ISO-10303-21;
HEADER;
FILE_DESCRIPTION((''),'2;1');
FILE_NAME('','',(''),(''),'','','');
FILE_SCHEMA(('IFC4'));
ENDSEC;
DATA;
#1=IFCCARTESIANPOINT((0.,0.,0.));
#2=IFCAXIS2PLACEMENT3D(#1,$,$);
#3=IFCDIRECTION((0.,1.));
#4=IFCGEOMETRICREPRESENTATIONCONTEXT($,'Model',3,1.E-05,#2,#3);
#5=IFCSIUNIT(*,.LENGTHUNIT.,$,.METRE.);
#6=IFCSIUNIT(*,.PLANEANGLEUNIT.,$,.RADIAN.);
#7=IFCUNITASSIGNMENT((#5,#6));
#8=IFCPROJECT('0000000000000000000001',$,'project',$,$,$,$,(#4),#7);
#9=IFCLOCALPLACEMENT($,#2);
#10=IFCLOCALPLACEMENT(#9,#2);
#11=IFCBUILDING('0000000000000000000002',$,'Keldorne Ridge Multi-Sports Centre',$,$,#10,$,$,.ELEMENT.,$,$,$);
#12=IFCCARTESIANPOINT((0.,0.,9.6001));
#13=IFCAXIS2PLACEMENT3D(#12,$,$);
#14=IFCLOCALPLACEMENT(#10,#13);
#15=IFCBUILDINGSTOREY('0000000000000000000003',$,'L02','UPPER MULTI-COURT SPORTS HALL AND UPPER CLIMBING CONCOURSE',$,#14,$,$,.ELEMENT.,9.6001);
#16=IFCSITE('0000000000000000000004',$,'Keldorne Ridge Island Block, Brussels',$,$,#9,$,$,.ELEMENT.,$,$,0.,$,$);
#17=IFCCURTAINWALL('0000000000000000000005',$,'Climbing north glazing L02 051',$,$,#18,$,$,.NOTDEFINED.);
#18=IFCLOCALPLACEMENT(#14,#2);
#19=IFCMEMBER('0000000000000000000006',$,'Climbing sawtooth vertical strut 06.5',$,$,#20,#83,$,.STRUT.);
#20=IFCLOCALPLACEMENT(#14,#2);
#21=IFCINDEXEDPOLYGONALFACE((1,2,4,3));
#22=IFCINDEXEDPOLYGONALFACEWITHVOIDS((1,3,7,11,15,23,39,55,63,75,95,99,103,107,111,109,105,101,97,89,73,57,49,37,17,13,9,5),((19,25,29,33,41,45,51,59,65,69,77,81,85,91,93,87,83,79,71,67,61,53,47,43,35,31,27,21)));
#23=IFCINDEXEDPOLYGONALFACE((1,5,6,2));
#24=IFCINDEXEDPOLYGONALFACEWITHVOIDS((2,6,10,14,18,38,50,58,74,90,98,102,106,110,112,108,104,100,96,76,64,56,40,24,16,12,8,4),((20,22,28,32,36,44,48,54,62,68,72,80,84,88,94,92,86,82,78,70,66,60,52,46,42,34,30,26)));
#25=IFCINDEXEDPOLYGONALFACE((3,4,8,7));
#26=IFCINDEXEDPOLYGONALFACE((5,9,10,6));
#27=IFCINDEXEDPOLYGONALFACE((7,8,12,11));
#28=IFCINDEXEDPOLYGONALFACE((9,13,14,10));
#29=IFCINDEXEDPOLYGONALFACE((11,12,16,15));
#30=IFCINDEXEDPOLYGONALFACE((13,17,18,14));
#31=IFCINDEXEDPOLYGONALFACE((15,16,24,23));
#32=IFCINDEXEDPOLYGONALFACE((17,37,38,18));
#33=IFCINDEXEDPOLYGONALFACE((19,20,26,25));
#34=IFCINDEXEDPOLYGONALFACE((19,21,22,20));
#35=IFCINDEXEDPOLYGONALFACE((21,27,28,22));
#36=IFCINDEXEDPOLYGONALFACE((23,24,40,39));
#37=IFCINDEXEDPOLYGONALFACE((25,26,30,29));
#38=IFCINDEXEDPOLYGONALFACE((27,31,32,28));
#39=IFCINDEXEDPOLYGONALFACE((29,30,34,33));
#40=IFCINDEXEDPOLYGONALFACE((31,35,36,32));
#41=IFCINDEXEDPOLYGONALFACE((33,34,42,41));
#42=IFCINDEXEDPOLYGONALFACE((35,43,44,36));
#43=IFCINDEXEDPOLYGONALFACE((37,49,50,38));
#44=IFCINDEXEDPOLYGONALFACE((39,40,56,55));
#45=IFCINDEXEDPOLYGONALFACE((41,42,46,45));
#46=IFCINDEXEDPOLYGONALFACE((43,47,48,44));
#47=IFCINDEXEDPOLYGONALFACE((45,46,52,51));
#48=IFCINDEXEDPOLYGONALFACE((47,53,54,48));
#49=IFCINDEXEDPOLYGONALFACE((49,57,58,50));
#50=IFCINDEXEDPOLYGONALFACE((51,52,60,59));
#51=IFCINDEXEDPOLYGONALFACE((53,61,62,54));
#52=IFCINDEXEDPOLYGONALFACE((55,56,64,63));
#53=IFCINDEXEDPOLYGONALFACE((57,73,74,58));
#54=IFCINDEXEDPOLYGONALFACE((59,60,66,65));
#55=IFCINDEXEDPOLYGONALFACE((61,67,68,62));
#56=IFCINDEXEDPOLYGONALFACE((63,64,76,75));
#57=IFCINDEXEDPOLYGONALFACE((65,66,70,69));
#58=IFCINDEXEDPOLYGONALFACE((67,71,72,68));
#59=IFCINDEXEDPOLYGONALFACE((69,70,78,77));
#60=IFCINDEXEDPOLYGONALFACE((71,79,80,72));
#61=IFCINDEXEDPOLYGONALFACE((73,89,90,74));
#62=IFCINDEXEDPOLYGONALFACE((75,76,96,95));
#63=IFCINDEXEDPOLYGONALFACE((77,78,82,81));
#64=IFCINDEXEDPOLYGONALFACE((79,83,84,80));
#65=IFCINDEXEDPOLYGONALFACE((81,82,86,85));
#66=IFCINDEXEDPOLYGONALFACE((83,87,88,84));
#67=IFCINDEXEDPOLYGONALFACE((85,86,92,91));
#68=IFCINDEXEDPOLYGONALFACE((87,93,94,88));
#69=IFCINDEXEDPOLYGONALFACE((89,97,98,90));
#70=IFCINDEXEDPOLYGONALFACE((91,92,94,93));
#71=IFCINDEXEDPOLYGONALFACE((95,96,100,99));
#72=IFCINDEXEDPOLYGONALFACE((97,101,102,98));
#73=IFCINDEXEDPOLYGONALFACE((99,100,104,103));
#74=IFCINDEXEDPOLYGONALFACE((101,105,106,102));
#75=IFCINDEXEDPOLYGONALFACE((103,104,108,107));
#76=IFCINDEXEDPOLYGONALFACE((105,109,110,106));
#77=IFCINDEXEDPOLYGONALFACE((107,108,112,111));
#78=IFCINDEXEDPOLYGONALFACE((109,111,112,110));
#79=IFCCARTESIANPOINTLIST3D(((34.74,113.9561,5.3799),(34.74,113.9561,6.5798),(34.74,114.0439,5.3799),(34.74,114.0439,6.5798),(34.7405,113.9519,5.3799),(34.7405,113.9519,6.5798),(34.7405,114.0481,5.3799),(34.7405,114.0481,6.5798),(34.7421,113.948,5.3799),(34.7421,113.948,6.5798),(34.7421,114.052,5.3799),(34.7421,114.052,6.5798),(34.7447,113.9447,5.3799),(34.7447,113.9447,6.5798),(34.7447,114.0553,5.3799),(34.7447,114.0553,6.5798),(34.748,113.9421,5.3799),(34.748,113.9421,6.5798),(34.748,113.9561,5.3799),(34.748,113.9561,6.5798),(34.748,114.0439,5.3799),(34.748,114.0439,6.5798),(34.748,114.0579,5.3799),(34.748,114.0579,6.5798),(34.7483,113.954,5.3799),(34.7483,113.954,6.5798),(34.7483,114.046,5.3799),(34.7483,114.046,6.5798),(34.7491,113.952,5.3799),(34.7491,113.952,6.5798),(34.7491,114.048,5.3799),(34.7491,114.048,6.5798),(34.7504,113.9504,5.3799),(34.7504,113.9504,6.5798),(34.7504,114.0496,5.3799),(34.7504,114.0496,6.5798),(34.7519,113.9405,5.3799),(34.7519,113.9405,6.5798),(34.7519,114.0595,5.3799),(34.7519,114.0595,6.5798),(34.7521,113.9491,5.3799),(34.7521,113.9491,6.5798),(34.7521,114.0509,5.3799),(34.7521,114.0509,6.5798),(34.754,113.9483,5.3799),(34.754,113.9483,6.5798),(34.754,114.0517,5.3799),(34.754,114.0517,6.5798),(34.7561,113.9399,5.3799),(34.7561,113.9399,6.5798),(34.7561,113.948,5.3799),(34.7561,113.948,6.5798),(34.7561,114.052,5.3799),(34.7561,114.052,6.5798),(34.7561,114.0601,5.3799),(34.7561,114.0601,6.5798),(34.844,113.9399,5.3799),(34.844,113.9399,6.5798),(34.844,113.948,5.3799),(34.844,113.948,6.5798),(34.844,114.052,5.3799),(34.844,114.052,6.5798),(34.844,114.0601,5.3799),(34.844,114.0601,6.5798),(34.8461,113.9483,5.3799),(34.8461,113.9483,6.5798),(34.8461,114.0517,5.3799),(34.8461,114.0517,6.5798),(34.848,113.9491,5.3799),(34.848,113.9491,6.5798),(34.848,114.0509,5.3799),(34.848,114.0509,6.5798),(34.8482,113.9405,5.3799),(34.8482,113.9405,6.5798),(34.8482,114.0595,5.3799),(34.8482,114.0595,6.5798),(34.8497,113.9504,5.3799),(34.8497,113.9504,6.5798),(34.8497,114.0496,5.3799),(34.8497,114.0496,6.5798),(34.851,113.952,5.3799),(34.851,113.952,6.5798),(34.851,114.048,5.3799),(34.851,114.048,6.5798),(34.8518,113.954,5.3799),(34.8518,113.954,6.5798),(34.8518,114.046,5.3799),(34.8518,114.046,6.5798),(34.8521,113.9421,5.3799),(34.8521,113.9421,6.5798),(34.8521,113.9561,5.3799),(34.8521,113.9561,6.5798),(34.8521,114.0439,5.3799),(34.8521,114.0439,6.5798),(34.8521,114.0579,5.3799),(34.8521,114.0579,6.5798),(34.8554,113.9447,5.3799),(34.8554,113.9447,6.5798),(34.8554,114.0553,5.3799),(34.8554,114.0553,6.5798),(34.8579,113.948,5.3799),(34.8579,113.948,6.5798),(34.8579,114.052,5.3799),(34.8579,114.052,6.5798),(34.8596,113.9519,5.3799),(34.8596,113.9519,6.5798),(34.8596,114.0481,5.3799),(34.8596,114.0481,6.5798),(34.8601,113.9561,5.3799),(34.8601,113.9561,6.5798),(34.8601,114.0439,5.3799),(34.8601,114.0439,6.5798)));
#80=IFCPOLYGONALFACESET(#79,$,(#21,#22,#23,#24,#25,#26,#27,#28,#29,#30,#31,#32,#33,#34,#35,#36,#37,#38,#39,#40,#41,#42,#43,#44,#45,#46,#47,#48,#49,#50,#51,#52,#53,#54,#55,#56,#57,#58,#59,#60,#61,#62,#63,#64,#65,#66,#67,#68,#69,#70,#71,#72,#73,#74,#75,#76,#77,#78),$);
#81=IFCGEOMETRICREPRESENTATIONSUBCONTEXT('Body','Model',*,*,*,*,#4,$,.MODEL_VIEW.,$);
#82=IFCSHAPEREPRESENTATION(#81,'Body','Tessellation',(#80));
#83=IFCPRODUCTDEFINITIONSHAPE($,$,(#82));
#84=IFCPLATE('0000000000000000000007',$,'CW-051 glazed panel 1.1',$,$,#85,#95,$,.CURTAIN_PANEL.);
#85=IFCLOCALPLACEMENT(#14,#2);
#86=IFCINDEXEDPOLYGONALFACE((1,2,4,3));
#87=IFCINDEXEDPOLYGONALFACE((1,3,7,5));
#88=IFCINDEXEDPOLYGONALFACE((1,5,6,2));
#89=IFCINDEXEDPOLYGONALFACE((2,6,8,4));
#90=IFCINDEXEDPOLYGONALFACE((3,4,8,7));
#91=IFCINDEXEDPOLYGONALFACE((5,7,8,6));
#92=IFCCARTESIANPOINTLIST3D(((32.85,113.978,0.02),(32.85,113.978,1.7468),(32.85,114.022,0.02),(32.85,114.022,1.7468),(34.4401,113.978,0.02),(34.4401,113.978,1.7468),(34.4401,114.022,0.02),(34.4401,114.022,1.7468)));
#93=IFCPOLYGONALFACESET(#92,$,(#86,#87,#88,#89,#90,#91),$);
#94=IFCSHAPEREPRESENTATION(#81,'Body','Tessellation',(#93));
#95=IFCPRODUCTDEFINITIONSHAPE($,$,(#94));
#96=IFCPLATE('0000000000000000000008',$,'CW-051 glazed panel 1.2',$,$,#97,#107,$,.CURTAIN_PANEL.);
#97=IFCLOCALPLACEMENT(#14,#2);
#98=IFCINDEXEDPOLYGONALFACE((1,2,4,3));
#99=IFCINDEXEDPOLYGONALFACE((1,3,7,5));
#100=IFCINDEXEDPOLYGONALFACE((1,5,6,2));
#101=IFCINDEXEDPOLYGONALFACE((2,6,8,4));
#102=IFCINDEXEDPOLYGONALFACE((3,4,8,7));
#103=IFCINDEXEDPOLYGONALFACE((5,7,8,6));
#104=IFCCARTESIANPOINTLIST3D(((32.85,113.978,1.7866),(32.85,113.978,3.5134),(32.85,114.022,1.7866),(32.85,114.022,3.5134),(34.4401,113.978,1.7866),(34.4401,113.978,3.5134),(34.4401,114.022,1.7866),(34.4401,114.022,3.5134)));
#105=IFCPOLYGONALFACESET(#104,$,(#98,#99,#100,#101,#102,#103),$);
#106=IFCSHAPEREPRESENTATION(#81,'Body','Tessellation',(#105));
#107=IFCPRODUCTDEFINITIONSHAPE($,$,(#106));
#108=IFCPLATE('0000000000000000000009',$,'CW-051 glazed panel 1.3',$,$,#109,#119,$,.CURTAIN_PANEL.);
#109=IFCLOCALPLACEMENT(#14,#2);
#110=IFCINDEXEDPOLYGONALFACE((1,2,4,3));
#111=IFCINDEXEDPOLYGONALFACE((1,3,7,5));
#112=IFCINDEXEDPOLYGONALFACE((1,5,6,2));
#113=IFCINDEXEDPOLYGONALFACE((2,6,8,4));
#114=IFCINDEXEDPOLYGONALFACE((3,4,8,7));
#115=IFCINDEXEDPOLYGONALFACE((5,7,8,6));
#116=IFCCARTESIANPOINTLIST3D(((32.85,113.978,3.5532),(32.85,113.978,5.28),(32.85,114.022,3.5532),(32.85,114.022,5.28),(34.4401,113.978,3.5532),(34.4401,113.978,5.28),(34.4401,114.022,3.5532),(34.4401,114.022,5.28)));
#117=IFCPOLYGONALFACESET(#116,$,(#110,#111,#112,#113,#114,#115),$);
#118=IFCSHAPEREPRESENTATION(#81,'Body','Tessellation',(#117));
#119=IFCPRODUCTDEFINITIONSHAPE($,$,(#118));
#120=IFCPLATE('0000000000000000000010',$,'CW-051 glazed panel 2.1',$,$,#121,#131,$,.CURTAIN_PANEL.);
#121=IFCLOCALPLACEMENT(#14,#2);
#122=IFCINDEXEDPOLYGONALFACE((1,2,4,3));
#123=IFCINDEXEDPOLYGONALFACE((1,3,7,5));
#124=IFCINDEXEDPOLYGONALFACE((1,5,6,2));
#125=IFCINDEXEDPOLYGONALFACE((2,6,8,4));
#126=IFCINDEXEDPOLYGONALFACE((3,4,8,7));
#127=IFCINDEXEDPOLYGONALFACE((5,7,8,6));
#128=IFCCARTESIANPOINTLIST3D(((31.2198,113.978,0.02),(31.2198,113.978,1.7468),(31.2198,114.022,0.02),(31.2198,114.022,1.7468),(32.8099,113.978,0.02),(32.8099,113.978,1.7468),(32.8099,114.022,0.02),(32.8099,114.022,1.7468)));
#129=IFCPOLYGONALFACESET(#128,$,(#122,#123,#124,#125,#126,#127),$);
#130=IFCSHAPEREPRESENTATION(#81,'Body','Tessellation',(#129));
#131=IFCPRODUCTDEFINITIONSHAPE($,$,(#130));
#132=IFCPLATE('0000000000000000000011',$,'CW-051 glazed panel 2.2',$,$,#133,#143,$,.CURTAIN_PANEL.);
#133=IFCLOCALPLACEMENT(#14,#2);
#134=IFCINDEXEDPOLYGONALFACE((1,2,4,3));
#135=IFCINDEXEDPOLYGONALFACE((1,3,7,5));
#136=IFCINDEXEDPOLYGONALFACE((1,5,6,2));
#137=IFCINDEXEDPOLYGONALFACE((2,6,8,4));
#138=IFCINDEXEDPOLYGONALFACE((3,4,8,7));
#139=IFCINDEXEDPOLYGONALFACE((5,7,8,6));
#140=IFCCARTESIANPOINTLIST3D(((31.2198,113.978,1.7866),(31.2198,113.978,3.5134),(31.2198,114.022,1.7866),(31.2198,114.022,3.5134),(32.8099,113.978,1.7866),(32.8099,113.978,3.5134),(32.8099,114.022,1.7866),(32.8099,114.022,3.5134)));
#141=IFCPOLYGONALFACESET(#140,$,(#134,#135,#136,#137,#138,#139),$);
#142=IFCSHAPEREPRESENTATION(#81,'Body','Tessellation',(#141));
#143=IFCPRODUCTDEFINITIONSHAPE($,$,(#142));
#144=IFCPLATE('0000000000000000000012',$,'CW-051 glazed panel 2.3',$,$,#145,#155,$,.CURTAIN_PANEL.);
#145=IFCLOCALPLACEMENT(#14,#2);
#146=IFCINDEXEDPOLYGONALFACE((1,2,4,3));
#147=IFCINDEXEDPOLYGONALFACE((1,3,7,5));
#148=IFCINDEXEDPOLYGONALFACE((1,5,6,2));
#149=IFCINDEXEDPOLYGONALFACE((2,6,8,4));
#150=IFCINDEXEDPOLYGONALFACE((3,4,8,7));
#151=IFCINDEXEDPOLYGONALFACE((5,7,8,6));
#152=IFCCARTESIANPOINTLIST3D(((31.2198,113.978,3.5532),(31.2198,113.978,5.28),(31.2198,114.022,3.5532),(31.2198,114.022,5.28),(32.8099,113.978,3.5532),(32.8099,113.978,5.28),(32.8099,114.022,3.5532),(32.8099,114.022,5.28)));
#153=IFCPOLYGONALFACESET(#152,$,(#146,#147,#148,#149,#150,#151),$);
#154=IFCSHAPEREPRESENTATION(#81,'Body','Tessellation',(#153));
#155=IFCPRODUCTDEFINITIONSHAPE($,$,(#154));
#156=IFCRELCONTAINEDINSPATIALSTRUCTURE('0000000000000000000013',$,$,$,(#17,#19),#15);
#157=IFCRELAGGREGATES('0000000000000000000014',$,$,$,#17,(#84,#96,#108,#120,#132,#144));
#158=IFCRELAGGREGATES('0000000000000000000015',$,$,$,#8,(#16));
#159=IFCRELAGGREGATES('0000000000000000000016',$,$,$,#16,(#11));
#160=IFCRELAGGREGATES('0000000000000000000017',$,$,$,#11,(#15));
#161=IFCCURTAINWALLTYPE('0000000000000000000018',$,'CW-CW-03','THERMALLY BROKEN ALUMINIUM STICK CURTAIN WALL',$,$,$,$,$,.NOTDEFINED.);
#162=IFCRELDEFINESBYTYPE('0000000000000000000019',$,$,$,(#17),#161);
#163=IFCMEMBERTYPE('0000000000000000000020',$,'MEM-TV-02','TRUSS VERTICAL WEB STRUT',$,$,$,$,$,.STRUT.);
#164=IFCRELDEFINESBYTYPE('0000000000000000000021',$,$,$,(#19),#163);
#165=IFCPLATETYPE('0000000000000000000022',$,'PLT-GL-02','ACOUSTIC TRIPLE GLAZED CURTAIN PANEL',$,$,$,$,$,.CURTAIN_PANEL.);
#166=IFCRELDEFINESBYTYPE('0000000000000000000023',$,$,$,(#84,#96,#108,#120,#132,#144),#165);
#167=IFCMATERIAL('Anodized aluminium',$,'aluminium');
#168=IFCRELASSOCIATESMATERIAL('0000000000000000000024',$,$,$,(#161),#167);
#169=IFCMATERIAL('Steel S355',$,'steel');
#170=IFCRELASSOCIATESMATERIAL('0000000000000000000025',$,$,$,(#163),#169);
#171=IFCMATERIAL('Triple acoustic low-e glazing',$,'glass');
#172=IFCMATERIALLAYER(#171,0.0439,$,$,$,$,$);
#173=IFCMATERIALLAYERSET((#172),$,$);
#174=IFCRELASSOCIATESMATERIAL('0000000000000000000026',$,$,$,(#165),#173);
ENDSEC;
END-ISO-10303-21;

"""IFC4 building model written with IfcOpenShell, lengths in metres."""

from ifc_helpers import new_model, si_unit, direction, frame, origin, origin_2d, place, context, subcontext, project, spatial, rectangle, hollow_rectangle, extrude, material, layer, layer_set, material_profile, profile_set, type_object, element, aggregate, save


model = new_model("IFC4")

# Units and contexts
model_context = context("Model", 3, precision=1e-05, world=origin(), true_north=direction((0.0, 1.0)))
body_context = subcontext(model_context, "Body", "Model", "MODEL_VIEW")
ifc_project = project(units=[si_unit("LENGTHUNIT", "METRE"), si_unit("PLANEANGLEUNIT", "RADIAN")], contexts=[model_context])

# Site, building, storey
site_placement = place(None, origin())
site = spatial("IfcSite", under=ifc_project, at=site_placement, Name="Keldorne Ridge Island Block, Brussels", CompositionType="ELEMENT", RefElevation=0.0)
building_placement = place(site_placement, origin())
building = spatial("IfcBuilding", under=site, at=building_placement, Name="Keldorne Ridge Multi-Sports Centre", CompositionType="ELEMENT")
storey_placement = place(building_placement, frame((0.0, 0.0, 9.6001)))
storey = spatial("IfcBuildingStorey", under=building, at=storey_placement, Name="L02", Description="UPPER MULTI-COURT SPORTS HALL AND UPPER CLIMBING CONCOURSE", CompositionType="ELEMENT", Elevation=9.6001)

# Shared definitions
ifc_material_1 = material(Name="Steel S355", Category="steel")

# Curtain wall
ifc_material_2 = material(Name="Anodized aluminium", Category="aluminium")
curtain_wall_type_1 = type_object("IfcCurtainWallType", Name="CW-CW-03", Description="THERMALLY BROKEN ALUMINIUM STICK CURTAIN WALL", PredefinedType="NOTDEFINED", material=ifc_material_2)
curtain_wall_1_placement = place(storey_placement, origin())
curtain_wall_1 = element("IfcCurtainWall", 1, at=curtain_wall_1_placement, inside=storey, type_object=curtain_wall_type_1, Name="Climbing north glazing L02 051", PredefinedType="NOTDEFINED")

# Member
ifc_material_profile_1 = material_profile(ifc_material_1, hollow_rectangle(XDim=0.1201, YDim=0.1201, WallThickness=0.0081, InnerFilletRadius=0.0081, OuterFilletRadius=0.0161, at=origin_2d()), Name="SHS 120x120x8")
ifc_profile_set_1 = profile_set([ifc_material_profile_1], Name="Steel S355")
member_type_1 = type_object("IfcMemberType", Name="MEM-TV-02", Description="TRUSS VERTICAL WEB STRUT", PredefinedType="STRUT", material=ifc_profile_set_1)
member_1_placement = place(storey_placement, frame((34.8, 114.0, 5.3799), z_axis=(0.0, 0.0, 1.0), x_axis=(1.0, 0.0, 0.0)))
element("IfcMember", 2, at=member_1_placement, inside=storey, type_object=member_type_1, Name="Climbing sawtooth vertical strut 06.5", PredefinedType="STRUT", context=body_context, shape_type="SweptSolid", body=[
    extrude(hollow_rectangle(XDim=0.1201, YDim=0.1201, WallThickness=0.0081, InnerFilletRadius=0.0081, OuterFilletRadius=0.0161, at=origin_2d()), origin(), (0.0, 0.0, 1.0), 1.2),
])

# Plates
ifc_material_3 = material(Name="Triple acoustic low-e glazing", Category="glass")
ifc_layer = layer(ifc_material_3, 0.0439)
ifc_layer_set = layer_set([ifc_layer])
plate_type = type_object("IfcPlateType", Name="PLT-GL-02", Description="ACOUSTIC TRIPLE GLAZED CURTAIN PANEL", PredefinedType="CURTAIN_PANEL", material=ifc_layer_set)
plate_1_placement = place(storey_placement, frame((33.645, 114.0, 0.02), z_axis=(0.0, 0.0, 1.0), x_axis=(-1.0, 0.0, 0.0)))
plate_1 = element("IfcPlate", 3, at=plate_1_placement, type_object=plate_type, Name="CW-051 glazed panel 1.1", PredefinedType="CURTAIN_PANEL", context=body_context, shape_type="SweptSolid", body=[
    extrude(rectangle(XDim=1.5901, YDim=0.0439, at=origin_2d()), origin(), (0.0, 0.0, 1.0), 1.7268),
])
plate_2_placement = place(storey_placement, frame((33.645, 114.0, 1.7866), z_axis=(0.0, 0.0, 1.0), x_axis=(-1.0, 0.0, 0.0)))
plate_2 = element("IfcPlate", 4, at=plate_2_placement, type_object=plate_type, Name="CW-051 glazed panel 1.2", PredefinedType="CURTAIN_PANEL", context=body_context, shape_type="SweptSolid", body=[
    extrude(rectangle(XDim=1.5901, YDim=0.0439, at=origin_2d()), origin(), (0.0, 0.0, 1.0), 1.7268),
])
plate_3_placement = place(storey_placement, frame((33.645, 114.0, 3.5532), z_axis=(0.0, 0.0, 1.0), x_axis=(-1.0, 0.0, 0.0)))
plate_3 = element("IfcPlate", 5, at=plate_3_placement, type_object=plate_type, Name="CW-051 glazed panel 1.3", PredefinedType="CURTAIN_PANEL", context=body_context, shape_type="SweptSolid", body=[
    extrude(rectangle(XDim=1.5901, YDim=0.0439, at=origin_2d()), origin(), (0.0, 0.0, 1.0), 1.7268),
])
plate_4_placement = place(storey_placement, frame((32.0149, 114.0, 0.02), z_axis=(0.0, 0.0, 1.0), x_axis=(-1.0, 0.0, 0.0)))
plate_4 = element("IfcPlate", 6, at=plate_4_placement, type_object=plate_type, Name="CW-051 glazed panel 2.1", PredefinedType="CURTAIN_PANEL", context=body_context, shape_type="SweptSolid", body=[
    extrude(rectangle(XDim=1.5901, YDim=0.0439, at=origin_2d()), origin(), (0.0, 0.0, 1.0), 1.7268),
])
plate_5_placement = place(storey_placement, frame((32.0149, 114.0, 1.7866), z_axis=(0.0, 0.0, 1.0), x_axis=(-1.0, 0.0, 0.0)))
plate_5 = element("IfcPlate", 7, at=plate_5_placement, type_object=plate_type, Name="CW-051 glazed panel 2.2", PredefinedType="CURTAIN_PANEL", context=body_context, shape_type="SweptSolid", body=[
    extrude(rectangle(XDim=1.5901, YDim=0.0439, at=origin_2d()), origin(), (0.0, 0.0, 1.0), 1.7268),
])
plate_6_placement = place(storey_placement, frame((32.0149, 114.0, 3.5532), z_axis=(0.0, 0.0, 1.0), x_axis=(-1.0, 0.0, 0.0)))
plate_6 = element("IfcPlate", 8, at=plate_6_placement, type_object=plate_type, Name="CW-051 glazed panel 2.3", PredefinedType="CURTAIN_PANEL", context=body_context, shape_type="SweptSolid", body=[
    extrude(rectangle(XDim=1.5901, YDim=0.0439, at=origin_2d()), origin(), (0.0, 0.0, 1.0), 1.7268),
])
aggregate(curtain_wall_1, [plate_1, plate_2, plate_3, plate_4, plate_5, plate_6])

save(model, "model.ifc")
